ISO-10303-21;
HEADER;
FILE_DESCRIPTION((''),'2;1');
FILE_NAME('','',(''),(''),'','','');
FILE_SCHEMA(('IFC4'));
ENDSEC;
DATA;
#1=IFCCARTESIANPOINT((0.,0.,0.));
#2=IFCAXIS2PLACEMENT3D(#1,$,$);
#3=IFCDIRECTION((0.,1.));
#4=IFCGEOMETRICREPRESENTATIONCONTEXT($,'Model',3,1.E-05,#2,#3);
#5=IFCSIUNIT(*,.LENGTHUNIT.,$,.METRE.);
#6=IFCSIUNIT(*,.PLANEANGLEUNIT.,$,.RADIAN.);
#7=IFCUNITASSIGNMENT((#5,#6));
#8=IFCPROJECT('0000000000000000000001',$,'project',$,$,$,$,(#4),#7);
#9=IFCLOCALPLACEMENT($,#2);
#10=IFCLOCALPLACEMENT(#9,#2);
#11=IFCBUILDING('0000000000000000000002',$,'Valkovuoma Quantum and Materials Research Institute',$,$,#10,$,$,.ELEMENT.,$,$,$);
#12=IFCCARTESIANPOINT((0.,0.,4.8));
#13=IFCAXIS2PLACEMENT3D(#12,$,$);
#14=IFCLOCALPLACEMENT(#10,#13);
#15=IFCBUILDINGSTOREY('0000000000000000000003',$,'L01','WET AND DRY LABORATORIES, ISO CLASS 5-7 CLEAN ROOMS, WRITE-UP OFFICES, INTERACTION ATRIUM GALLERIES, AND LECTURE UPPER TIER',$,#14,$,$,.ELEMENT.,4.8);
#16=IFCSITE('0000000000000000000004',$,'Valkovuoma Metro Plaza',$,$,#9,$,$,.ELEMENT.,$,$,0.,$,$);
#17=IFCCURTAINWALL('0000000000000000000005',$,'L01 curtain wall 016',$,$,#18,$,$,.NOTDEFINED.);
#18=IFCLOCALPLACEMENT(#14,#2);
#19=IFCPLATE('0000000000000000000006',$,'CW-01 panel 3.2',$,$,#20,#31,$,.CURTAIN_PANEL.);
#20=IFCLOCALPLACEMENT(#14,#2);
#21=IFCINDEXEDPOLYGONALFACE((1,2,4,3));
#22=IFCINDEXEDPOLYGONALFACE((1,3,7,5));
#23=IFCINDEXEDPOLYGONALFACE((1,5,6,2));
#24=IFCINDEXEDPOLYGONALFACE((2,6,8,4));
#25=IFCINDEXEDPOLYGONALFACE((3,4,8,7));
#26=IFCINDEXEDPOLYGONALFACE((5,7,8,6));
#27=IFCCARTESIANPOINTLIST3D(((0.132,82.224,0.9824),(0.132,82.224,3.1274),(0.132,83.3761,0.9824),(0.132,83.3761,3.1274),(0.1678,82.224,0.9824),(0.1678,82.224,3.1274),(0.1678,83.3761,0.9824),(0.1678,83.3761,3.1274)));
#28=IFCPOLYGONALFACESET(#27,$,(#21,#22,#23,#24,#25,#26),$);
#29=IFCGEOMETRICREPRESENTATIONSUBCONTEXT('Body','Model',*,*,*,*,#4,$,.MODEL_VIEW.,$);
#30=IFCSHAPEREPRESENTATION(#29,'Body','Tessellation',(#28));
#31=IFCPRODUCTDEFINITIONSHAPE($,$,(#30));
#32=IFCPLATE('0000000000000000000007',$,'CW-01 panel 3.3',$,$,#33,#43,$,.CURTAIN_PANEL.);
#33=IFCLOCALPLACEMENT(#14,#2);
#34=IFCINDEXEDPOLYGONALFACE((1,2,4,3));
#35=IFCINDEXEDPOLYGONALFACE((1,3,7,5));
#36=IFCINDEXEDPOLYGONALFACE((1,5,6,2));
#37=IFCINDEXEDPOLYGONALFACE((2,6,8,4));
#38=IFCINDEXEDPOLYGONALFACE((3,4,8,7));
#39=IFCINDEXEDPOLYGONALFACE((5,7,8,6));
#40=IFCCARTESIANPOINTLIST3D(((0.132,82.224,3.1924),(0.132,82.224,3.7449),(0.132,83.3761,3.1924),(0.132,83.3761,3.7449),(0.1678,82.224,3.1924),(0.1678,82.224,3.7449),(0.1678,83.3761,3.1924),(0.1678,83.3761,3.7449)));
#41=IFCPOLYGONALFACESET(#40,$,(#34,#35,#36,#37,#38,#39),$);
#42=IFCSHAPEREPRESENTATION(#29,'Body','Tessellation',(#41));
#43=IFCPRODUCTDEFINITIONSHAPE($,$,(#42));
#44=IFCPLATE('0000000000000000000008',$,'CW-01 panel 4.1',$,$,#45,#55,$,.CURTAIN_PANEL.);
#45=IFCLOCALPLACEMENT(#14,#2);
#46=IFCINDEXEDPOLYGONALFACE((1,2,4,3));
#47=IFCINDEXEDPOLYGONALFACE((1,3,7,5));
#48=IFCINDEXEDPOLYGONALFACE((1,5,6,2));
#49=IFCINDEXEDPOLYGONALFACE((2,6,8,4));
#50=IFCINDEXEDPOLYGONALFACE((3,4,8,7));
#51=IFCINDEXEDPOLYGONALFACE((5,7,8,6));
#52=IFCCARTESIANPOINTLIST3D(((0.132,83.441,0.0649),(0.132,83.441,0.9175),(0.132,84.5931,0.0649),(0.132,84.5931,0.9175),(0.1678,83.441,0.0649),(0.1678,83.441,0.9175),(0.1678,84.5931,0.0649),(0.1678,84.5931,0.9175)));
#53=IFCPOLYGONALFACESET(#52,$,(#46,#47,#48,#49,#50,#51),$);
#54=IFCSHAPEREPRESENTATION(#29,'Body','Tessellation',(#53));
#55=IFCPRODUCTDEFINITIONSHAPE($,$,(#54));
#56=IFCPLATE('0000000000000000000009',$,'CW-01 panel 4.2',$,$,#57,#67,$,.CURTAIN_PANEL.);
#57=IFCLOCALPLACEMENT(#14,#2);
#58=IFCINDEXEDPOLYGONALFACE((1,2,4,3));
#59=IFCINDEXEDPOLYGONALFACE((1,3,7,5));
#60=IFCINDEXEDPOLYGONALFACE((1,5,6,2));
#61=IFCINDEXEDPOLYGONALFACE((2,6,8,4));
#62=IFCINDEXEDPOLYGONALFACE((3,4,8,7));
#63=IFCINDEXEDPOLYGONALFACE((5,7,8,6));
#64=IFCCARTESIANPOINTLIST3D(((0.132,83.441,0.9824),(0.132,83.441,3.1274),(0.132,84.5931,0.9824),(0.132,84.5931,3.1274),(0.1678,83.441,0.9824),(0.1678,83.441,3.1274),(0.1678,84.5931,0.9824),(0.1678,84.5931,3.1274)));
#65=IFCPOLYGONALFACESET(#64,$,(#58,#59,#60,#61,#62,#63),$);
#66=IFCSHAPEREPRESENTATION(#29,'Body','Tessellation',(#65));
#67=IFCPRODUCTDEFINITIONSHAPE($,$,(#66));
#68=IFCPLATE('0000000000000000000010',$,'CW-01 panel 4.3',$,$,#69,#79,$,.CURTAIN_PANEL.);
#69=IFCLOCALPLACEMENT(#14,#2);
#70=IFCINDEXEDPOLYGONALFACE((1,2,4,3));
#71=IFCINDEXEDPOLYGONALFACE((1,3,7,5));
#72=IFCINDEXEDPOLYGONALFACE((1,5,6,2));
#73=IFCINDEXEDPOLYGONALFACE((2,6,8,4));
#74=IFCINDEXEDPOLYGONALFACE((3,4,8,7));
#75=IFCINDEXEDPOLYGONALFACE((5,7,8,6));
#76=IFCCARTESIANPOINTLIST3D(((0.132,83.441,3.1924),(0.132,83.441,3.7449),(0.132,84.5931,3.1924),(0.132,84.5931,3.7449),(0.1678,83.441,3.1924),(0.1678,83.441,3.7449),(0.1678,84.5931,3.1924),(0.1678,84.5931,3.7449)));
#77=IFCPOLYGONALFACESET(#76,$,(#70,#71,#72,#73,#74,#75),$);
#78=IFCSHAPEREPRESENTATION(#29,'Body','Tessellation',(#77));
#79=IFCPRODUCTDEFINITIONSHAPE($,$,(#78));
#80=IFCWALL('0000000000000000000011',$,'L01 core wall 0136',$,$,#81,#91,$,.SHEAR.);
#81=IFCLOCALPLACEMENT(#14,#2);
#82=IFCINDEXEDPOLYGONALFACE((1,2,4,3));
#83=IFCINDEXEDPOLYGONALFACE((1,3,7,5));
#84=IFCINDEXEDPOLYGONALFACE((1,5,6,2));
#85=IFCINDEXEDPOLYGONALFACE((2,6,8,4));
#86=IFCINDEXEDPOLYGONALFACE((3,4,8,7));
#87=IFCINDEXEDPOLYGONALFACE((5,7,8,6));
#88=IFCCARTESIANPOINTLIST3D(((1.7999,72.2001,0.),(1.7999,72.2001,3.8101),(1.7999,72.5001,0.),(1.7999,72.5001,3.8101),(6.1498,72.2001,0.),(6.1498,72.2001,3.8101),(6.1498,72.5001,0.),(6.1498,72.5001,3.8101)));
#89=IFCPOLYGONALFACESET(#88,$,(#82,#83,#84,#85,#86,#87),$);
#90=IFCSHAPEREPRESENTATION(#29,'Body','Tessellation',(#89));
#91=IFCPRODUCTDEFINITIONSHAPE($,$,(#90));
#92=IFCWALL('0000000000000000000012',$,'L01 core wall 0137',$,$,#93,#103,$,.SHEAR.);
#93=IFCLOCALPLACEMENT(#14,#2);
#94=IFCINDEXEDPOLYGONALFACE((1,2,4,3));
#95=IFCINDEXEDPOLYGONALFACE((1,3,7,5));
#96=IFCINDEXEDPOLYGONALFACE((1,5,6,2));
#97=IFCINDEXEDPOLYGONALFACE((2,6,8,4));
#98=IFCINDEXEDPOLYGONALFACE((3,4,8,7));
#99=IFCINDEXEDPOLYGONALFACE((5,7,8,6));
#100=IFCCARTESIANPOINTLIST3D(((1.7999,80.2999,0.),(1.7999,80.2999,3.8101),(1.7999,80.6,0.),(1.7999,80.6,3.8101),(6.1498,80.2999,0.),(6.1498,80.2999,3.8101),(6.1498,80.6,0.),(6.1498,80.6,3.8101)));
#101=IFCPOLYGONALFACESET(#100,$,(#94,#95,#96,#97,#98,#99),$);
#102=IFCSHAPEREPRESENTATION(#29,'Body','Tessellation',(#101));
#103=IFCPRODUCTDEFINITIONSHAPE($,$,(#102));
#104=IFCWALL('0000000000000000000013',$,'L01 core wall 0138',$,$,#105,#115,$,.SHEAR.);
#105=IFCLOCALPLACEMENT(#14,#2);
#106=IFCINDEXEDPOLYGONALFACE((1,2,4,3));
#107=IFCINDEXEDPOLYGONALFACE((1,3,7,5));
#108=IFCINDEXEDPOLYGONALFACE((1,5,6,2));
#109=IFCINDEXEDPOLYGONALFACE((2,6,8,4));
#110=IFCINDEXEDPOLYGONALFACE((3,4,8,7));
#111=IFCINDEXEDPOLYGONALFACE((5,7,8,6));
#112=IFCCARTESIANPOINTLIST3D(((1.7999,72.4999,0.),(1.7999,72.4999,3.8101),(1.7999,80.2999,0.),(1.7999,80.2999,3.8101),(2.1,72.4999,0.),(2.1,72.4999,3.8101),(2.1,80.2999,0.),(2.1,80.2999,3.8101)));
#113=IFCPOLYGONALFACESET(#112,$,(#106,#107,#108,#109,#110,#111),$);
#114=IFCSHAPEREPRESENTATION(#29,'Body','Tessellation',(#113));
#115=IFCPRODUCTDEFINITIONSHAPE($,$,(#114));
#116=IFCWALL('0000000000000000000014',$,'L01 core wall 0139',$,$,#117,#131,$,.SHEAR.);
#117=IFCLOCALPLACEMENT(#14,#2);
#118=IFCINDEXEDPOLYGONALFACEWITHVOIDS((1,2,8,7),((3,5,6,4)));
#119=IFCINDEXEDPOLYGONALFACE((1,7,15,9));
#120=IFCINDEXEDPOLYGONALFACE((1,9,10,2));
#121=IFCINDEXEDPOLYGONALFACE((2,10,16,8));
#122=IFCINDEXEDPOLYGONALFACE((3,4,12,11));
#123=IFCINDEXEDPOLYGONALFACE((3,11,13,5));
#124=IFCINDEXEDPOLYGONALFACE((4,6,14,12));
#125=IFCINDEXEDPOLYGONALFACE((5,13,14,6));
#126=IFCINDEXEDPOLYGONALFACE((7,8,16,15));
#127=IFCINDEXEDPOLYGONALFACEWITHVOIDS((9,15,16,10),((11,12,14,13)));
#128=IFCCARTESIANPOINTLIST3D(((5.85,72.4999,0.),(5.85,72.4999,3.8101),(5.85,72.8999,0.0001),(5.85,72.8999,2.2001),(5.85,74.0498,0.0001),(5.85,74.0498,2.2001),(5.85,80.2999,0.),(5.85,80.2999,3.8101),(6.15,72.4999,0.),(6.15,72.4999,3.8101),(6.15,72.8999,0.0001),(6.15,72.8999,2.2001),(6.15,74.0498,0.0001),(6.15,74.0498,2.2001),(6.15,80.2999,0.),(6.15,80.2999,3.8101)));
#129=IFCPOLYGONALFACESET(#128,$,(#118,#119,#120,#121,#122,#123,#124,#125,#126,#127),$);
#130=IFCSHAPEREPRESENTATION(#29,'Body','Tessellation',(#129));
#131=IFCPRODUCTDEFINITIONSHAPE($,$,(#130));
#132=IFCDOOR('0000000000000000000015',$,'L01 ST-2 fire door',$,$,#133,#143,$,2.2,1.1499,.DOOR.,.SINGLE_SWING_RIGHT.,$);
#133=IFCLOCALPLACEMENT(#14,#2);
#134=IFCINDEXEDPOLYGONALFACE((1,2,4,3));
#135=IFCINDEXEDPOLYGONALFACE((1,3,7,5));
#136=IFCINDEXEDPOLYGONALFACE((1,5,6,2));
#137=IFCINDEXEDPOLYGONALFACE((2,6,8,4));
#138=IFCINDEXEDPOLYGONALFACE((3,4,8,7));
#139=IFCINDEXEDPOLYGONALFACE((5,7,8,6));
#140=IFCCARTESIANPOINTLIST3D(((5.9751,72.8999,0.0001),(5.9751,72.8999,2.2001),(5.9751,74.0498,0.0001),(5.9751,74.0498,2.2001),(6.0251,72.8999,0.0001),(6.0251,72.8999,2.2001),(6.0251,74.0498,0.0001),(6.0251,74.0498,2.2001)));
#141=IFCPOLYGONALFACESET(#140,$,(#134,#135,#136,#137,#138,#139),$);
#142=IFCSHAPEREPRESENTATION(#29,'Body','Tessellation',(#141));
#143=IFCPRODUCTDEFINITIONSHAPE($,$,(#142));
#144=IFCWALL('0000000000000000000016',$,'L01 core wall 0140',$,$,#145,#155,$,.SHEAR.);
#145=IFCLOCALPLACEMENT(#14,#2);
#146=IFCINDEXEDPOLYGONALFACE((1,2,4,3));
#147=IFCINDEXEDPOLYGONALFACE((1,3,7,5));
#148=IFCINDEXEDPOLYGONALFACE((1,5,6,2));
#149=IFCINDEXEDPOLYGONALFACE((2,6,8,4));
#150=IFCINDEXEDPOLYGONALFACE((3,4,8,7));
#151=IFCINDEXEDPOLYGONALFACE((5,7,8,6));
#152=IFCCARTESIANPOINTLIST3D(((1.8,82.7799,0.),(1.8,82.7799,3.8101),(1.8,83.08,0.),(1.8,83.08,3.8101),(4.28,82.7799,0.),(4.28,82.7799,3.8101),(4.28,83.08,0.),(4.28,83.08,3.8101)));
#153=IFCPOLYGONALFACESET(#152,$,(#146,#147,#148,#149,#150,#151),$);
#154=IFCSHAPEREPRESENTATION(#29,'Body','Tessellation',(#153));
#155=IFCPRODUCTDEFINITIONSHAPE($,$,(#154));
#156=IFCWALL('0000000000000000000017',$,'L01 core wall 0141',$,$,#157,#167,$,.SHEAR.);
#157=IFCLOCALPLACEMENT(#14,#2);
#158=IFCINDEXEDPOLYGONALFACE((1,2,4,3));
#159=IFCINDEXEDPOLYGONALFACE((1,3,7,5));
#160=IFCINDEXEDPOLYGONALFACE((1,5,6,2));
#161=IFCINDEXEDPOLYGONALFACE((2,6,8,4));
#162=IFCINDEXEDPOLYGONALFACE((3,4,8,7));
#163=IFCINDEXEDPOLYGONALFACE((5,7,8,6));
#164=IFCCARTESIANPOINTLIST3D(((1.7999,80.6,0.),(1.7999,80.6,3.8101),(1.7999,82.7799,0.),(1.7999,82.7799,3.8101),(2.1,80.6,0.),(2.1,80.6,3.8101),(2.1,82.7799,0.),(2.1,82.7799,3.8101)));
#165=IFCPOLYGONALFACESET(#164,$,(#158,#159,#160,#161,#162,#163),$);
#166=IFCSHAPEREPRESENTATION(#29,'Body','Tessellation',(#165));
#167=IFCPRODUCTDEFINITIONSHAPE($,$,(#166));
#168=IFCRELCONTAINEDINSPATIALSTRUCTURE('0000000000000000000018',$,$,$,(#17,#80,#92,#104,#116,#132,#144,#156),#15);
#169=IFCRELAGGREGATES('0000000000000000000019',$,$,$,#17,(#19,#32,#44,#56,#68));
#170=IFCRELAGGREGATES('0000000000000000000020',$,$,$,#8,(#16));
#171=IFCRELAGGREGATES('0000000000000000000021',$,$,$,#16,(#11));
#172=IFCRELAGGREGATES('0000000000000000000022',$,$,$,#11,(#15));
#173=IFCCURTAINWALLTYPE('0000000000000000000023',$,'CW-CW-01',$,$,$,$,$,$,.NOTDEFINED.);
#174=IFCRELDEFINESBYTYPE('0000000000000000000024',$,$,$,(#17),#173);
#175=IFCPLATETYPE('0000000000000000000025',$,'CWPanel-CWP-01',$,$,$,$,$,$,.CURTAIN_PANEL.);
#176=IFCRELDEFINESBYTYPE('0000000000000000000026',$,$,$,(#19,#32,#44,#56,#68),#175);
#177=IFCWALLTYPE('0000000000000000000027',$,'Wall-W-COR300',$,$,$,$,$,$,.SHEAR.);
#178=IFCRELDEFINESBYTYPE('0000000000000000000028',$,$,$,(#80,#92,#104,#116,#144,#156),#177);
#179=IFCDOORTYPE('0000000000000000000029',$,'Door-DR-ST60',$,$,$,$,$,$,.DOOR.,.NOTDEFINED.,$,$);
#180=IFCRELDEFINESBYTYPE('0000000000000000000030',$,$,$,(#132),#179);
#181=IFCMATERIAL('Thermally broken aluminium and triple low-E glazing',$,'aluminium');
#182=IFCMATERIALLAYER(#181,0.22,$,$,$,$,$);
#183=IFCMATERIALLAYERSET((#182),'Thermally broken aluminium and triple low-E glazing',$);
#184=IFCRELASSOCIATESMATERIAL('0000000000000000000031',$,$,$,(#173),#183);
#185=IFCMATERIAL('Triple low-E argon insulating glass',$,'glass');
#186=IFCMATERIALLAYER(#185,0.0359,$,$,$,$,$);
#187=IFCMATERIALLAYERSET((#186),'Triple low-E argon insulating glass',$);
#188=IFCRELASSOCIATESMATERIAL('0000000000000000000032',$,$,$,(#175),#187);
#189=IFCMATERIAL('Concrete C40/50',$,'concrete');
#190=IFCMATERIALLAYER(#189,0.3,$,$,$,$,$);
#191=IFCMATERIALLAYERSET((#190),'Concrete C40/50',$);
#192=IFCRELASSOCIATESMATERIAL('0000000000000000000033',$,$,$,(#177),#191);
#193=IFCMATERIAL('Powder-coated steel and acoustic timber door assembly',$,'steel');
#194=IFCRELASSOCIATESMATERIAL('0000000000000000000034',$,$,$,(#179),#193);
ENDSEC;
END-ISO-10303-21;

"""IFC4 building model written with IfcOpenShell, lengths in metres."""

from ifc_helpers import new_model, si_unit, direction, frame, frame_2d, origin, origin_2d, place, context, subcontext, project, spatial, rectangle, extrude, material, layer, layer_set, type_object, element, fill, aggregate, save


model = new_model("IFC4")

# Units and contexts
model_context = context("Model", 3, precision=1e-05, world=origin(), true_north=direction((0.0, 1.0)))
body_context = subcontext(model_context, "Body", "Model", "MODEL_VIEW")
ifc_project = project(units=[si_unit("LENGTHUNIT", "METRE"), si_unit("PLANEANGLEUNIT", "RADIAN")], contexts=[model_context])

# Site, building, storey
site_placement = place(None, origin())
site = spatial("IfcSite", under=ifc_project, at=site_placement, Name="Valkovuoma Metro Plaza", CompositionType="ELEMENT", RefElevation=0.0)
building_placement = place(site_placement, origin())
building = spatial("IfcBuilding", under=site, at=building_placement, Name="Valkovuoma Quantum and Materials Research Institute", CompositionType="ELEMENT")
storey_placement = place(building_placement, frame((0.0, 0.0, 4.8)))
storey = spatial("IfcBuildingStorey", under=building, at=storey_placement, Name="L01", Description="WET AND DRY LABORATORIES, ISO CLASS 5-7 CLEAN ROOMS, WRITE-UP OFFICES, INTERACTION ATRIUM GALLERIES, AND LECTURE UPPER TIER", CompositionType="ELEMENT", Elevation=4.8)

# Curtain wall, plates
ifc_material_1 = material(Name="Thermally broken aluminium and triple low-E glazing", Category="aluminium")
ifc_layer_1 = layer(ifc_material_1, 0.22)
ifc_layer_set_1 = layer_set([ifc_layer_1], Name="Thermally broken aluminium and triple low-E glazing")
curtain_wall_type = type_object("IfcCurtainWallType", Name="CW-CW-01", PredefinedType="NOTDEFINED", material=ifc_layer_set_1)
curtain_wall_placement = place(storey_placement, origin())
curtain_wall = element("IfcCurtainWall", 1, at=curtain_wall_placement, inside=storey, type_object=curtain_wall_type, Name="L01 curtain wall 016", PredefinedType="NOTDEFINED")
ifc_material_2 = material(Name="Triple low-E argon insulating glass", Category="glass")
ifc_layer_2 = layer(ifc_material_2, 0.0359)
ifc_layer_set_2 = layer_set([ifc_layer_2], Name="Triple low-E argon insulating glass")
plate_type = type_object("IfcPlateType", Name="CWPanel-CWP-01", PredefinedType="CURTAIN_PANEL", material=ifc_layer_set_2)
plate_1_placement = place(storey_placement, frame((0.1499, 82.8, 0.9824), z_axis=(0.0, 0.0, 1.0), x_axis=(0.0, 1.0, 0.0)))
plate_1 = element("IfcPlate", 2, at=plate_1_placement, type_object=plate_type, Name="CW-01 panel 3.2", PredefinedType="CURTAIN_PANEL", context=body_context, shape_type="SweptSolid", body=[
    extrude(rectangle(XDim=1.1521, YDim=0.0359, at=origin_2d()), origin(), (0.0, 0.0, 1.0), 2.145),
])
plate_2_placement = place(storey_placement, frame((0.1499, 82.8, 3.1924), z_axis=(0.0, 0.0, 1.0), x_axis=(0.0, 1.0, 0.0)))
plate_2 = element("IfcPlate", 3, at=plate_2_placement, type_object=plate_type, Name="CW-01 panel 3.3", PredefinedType="CURTAIN_PANEL", context=body_context, shape_type="SweptSolid", body=[
    extrude(rectangle(XDim=1.1521, YDim=0.0359, at=origin_2d()), origin(), (0.0, 0.0, 1.0), 0.5525),
])
plate_3_placement = place(storey_placement, frame((0.1499, 84.0171, 0.0649), z_axis=(0.0, 0.0, 1.0), x_axis=(0.0, 1.0, 0.0)))
plate_3 = element("IfcPlate", 4, at=plate_3_placement, type_object=plate_type, Name="CW-01 panel 4.1", PredefinedType="CURTAIN_PANEL", context=body_context, shape_type="SweptSolid", body=[
    extrude(rectangle(XDim=1.1521, YDim=0.0359, at=origin_2d()), origin(), (0.0, 0.0, 1.0), 0.8525),
])
plate_4_placement = place(storey_placement, frame((0.1499, 84.0171, 0.9824), z_axis=(0.0, 0.0, 1.0), x_axis=(0.0, 1.0, 0.0)))
plate_4 = element("IfcPlate", 5, at=plate_4_placement, type_object=plate_type, Name="CW-01 panel 4.2", PredefinedType="CURTAIN_PANEL", context=body_context, shape_type="SweptSolid", body=[
    extrude(rectangle(XDim=1.1521, YDim=0.0359, at=origin_2d()), origin(), (0.0, 0.0, 1.0), 2.145),
])
plate_5_placement = place(storey_placement, frame((0.1499, 84.0171, 3.1924), z_axis=(0.0, 0.0, 1.0), x_axis=(0.0, 1.0, 0.0)))
plate_5 = element("IfcPlate", 6, at=plate_5_placement, type_object=plate_type, Name="CW-01 panel 4.3", PredefinedType="CURTAIN_PANEL", context=body_context, shape_type="SweptSolid", body=[
    extrude(rectangle(XDim=1.1521, YDim=0.0359, at=origin_2d()), origin(), (0.0, 0.0, 1.0), 0.5525),
])
aggregate(curtain_wall, [plate_1, plate_2, plate_3, plate_4, plate_5])

# Walls
ifc_material_3 = material(Name="Concrete C40/50", Category="concrete")
ifc_layer_3 = layer(ifc_material_3, 0.3)
ifc_layer_set_3 = layer_set([ifc_layer_3], Name="Concrete C40/50")
wall_type = type_object("IfcWallType", Name="Wall-W-COR300", PredefinedType="SHEAR", material=ifc_layer_set_3)
for number, where, z_axis, x_axis, name in (
    (7, (1.8, 72.3501, 0.0), (0.0, 0.0, 1.0), (1.0, 0.0, 0.0), "L01 core wall 0136"),
    (8, (1.8, 80.45, 0.0), (0.0, 0.0, 1.0), (1.0, 0.0, 0.0), "L01 core wall 0137"),
):
    element("IfcWall", number, at=place(storey_placement, frame(where, z_axis=z_axis, x_axis=x_axis)), inside=storey, type_object=wall_type, Name=name, PredefinedType="SHEAR", context=body_context, shape_type="SweptSolid", body=[
        extrude(rectangle(XDim=4.3499, YDim=0.3, at=frame_2d((2.1748, 0.0))), origin(), (0.0, 0.0, 1.0), 3.8101),
    ])
wall_1_placement = place(storey_placement, frame((1.95, 72.5, 0.0), z_axis=(0.0, 0.0, 1.0), x_axis=(0.0, 1.0, 0.0)))
element("IfcWall", 9, at=wall_1_placement, inside=storey, type_object=wall_type, Name="L01 core wall 0138", PredefinedType="SHEAR", context=body_context, shape_type="SweptSolid", body=[
    extrude(rectangle(XDim=7.8, YDim=0.3, at=frame_2d((3.8999, 0.0))), origin(), (0.0, 0.0, 1.0), 3.8101),
])

# Wall, opening, door
wall_2_placement = place(storey_placement, frame((6.0, 72.5, 0.0), z_axis=(0.0, 0.0, 1.0), x_axis=(0.0, 1.0, 0.0)))
wall_2 = element("IfcWall", 10, at=wall_2_placement, inside=storey, type_object=wall_type, Name="L01 core wall 0139", PredefinedType="SHEAR", context=body_context, shape_type="SweptSolid", body=[
    extrude(rectangle(XDim=7.8, YDim=0.3, at=frame_2d((3.8999, 0.0))), origin(), (0.0, 0.0, 1.0), 3.8101),
])
opening_1_placement = place(wall_2_placement, frame((0.3999, 0.0, 0.0)))
opening_1 = element("IfcOpeningElement", 11, at=opening_1_placement, cuts=wall_2, PredefinedType="OPENING", context=body_context, shape_type="SweptSolid", body=[
    extrude(rectangle(XDim=1.1499, YDim=2.2, at=frame_2d((0.575, 1.1001))), frame((0.0, 0.1602, 0.0), z_axis=(0.0, -1.0, 0.0), x_axis=(1.0, 0.0, 0.0)), (0.0, 0.0, 1.0), 0.3201),
])
ifc_material_4 = material(Name="Powder-coated steel and acoustic timber door assembly", Category="steel")
door_type_1 = type_object("IfcDoorType", Name="Door-DR-ST60", OperationType="NOTDEFINED", PredefinedType="DOOR", material=ifc_material_4)
door_1_placement = place(opening_1_placement, origin())
door_1 = element("IfcDoor", 12, at=door_1_placement, inside=storey, type_object=door_type_1, Name="L01 ST-2 fire door", OperationType="SINGLE_SWING_RIGHT", OverallHeight=2.2, OverallWidth=1.1499, PredefinedType="DOOR", context=body_context, shape_type="SweptSolid", body=[
    extrude(rectangle(XDim=1.1499, YDim=2.2, at=frame_2d((0.575, 1.1001))), frame((0.0, 0.0249, 0.0), z_axis=(0.0, -1.0, 0.0), x_axis=(1.0, 0.0, 0.0)), (0.0, 0.0, 1.0), 0.05),
])
fill(opening_1, door_1)

# Walls
wall_3_placement = place(storey_placement, frame((1.8, 82.9299, 0.0), z_axis=(0.0, 0.0, 1.0), x_axis=(1.0, 0.0, 0.0)))
element("IfcWall", 13, at=wall_3_placement, inside=storey, type_object=wall_type, Name="L01 core wall 0140", PredefinedType="SHEAR", context=body_context, shape_type="SweptSolid", body=[
    extrude(rectangle(XDim=2.48, YDim=0.3, at=frame_2d((1.24, 0.0))), origin(), (0.0, 0.0, 1.0), 3.8101),
])
wall_4_placement = place(storey_placement, frame((1.95, 80.6001, 0.0), z_axis=(0.0, 0.0, 1.0), x_axis=(0.0, 1.0, 0.0)))
element("IfcWall", 14, at=wall_4_placement, inside=storey, type_object=wall_type, Name="L01 core wall 0141", PredefinedType="SHEAR", context=body_context, shape_type="SweptSolid", body=[
    extrude(rectangle(XDim=2.1799, YDim=0.3, at=frame_2d((1.0898, 0.0))), origin(), (0.0, 0.0, 1.0), 3.8101),
])

save(model, "model.ifc")
